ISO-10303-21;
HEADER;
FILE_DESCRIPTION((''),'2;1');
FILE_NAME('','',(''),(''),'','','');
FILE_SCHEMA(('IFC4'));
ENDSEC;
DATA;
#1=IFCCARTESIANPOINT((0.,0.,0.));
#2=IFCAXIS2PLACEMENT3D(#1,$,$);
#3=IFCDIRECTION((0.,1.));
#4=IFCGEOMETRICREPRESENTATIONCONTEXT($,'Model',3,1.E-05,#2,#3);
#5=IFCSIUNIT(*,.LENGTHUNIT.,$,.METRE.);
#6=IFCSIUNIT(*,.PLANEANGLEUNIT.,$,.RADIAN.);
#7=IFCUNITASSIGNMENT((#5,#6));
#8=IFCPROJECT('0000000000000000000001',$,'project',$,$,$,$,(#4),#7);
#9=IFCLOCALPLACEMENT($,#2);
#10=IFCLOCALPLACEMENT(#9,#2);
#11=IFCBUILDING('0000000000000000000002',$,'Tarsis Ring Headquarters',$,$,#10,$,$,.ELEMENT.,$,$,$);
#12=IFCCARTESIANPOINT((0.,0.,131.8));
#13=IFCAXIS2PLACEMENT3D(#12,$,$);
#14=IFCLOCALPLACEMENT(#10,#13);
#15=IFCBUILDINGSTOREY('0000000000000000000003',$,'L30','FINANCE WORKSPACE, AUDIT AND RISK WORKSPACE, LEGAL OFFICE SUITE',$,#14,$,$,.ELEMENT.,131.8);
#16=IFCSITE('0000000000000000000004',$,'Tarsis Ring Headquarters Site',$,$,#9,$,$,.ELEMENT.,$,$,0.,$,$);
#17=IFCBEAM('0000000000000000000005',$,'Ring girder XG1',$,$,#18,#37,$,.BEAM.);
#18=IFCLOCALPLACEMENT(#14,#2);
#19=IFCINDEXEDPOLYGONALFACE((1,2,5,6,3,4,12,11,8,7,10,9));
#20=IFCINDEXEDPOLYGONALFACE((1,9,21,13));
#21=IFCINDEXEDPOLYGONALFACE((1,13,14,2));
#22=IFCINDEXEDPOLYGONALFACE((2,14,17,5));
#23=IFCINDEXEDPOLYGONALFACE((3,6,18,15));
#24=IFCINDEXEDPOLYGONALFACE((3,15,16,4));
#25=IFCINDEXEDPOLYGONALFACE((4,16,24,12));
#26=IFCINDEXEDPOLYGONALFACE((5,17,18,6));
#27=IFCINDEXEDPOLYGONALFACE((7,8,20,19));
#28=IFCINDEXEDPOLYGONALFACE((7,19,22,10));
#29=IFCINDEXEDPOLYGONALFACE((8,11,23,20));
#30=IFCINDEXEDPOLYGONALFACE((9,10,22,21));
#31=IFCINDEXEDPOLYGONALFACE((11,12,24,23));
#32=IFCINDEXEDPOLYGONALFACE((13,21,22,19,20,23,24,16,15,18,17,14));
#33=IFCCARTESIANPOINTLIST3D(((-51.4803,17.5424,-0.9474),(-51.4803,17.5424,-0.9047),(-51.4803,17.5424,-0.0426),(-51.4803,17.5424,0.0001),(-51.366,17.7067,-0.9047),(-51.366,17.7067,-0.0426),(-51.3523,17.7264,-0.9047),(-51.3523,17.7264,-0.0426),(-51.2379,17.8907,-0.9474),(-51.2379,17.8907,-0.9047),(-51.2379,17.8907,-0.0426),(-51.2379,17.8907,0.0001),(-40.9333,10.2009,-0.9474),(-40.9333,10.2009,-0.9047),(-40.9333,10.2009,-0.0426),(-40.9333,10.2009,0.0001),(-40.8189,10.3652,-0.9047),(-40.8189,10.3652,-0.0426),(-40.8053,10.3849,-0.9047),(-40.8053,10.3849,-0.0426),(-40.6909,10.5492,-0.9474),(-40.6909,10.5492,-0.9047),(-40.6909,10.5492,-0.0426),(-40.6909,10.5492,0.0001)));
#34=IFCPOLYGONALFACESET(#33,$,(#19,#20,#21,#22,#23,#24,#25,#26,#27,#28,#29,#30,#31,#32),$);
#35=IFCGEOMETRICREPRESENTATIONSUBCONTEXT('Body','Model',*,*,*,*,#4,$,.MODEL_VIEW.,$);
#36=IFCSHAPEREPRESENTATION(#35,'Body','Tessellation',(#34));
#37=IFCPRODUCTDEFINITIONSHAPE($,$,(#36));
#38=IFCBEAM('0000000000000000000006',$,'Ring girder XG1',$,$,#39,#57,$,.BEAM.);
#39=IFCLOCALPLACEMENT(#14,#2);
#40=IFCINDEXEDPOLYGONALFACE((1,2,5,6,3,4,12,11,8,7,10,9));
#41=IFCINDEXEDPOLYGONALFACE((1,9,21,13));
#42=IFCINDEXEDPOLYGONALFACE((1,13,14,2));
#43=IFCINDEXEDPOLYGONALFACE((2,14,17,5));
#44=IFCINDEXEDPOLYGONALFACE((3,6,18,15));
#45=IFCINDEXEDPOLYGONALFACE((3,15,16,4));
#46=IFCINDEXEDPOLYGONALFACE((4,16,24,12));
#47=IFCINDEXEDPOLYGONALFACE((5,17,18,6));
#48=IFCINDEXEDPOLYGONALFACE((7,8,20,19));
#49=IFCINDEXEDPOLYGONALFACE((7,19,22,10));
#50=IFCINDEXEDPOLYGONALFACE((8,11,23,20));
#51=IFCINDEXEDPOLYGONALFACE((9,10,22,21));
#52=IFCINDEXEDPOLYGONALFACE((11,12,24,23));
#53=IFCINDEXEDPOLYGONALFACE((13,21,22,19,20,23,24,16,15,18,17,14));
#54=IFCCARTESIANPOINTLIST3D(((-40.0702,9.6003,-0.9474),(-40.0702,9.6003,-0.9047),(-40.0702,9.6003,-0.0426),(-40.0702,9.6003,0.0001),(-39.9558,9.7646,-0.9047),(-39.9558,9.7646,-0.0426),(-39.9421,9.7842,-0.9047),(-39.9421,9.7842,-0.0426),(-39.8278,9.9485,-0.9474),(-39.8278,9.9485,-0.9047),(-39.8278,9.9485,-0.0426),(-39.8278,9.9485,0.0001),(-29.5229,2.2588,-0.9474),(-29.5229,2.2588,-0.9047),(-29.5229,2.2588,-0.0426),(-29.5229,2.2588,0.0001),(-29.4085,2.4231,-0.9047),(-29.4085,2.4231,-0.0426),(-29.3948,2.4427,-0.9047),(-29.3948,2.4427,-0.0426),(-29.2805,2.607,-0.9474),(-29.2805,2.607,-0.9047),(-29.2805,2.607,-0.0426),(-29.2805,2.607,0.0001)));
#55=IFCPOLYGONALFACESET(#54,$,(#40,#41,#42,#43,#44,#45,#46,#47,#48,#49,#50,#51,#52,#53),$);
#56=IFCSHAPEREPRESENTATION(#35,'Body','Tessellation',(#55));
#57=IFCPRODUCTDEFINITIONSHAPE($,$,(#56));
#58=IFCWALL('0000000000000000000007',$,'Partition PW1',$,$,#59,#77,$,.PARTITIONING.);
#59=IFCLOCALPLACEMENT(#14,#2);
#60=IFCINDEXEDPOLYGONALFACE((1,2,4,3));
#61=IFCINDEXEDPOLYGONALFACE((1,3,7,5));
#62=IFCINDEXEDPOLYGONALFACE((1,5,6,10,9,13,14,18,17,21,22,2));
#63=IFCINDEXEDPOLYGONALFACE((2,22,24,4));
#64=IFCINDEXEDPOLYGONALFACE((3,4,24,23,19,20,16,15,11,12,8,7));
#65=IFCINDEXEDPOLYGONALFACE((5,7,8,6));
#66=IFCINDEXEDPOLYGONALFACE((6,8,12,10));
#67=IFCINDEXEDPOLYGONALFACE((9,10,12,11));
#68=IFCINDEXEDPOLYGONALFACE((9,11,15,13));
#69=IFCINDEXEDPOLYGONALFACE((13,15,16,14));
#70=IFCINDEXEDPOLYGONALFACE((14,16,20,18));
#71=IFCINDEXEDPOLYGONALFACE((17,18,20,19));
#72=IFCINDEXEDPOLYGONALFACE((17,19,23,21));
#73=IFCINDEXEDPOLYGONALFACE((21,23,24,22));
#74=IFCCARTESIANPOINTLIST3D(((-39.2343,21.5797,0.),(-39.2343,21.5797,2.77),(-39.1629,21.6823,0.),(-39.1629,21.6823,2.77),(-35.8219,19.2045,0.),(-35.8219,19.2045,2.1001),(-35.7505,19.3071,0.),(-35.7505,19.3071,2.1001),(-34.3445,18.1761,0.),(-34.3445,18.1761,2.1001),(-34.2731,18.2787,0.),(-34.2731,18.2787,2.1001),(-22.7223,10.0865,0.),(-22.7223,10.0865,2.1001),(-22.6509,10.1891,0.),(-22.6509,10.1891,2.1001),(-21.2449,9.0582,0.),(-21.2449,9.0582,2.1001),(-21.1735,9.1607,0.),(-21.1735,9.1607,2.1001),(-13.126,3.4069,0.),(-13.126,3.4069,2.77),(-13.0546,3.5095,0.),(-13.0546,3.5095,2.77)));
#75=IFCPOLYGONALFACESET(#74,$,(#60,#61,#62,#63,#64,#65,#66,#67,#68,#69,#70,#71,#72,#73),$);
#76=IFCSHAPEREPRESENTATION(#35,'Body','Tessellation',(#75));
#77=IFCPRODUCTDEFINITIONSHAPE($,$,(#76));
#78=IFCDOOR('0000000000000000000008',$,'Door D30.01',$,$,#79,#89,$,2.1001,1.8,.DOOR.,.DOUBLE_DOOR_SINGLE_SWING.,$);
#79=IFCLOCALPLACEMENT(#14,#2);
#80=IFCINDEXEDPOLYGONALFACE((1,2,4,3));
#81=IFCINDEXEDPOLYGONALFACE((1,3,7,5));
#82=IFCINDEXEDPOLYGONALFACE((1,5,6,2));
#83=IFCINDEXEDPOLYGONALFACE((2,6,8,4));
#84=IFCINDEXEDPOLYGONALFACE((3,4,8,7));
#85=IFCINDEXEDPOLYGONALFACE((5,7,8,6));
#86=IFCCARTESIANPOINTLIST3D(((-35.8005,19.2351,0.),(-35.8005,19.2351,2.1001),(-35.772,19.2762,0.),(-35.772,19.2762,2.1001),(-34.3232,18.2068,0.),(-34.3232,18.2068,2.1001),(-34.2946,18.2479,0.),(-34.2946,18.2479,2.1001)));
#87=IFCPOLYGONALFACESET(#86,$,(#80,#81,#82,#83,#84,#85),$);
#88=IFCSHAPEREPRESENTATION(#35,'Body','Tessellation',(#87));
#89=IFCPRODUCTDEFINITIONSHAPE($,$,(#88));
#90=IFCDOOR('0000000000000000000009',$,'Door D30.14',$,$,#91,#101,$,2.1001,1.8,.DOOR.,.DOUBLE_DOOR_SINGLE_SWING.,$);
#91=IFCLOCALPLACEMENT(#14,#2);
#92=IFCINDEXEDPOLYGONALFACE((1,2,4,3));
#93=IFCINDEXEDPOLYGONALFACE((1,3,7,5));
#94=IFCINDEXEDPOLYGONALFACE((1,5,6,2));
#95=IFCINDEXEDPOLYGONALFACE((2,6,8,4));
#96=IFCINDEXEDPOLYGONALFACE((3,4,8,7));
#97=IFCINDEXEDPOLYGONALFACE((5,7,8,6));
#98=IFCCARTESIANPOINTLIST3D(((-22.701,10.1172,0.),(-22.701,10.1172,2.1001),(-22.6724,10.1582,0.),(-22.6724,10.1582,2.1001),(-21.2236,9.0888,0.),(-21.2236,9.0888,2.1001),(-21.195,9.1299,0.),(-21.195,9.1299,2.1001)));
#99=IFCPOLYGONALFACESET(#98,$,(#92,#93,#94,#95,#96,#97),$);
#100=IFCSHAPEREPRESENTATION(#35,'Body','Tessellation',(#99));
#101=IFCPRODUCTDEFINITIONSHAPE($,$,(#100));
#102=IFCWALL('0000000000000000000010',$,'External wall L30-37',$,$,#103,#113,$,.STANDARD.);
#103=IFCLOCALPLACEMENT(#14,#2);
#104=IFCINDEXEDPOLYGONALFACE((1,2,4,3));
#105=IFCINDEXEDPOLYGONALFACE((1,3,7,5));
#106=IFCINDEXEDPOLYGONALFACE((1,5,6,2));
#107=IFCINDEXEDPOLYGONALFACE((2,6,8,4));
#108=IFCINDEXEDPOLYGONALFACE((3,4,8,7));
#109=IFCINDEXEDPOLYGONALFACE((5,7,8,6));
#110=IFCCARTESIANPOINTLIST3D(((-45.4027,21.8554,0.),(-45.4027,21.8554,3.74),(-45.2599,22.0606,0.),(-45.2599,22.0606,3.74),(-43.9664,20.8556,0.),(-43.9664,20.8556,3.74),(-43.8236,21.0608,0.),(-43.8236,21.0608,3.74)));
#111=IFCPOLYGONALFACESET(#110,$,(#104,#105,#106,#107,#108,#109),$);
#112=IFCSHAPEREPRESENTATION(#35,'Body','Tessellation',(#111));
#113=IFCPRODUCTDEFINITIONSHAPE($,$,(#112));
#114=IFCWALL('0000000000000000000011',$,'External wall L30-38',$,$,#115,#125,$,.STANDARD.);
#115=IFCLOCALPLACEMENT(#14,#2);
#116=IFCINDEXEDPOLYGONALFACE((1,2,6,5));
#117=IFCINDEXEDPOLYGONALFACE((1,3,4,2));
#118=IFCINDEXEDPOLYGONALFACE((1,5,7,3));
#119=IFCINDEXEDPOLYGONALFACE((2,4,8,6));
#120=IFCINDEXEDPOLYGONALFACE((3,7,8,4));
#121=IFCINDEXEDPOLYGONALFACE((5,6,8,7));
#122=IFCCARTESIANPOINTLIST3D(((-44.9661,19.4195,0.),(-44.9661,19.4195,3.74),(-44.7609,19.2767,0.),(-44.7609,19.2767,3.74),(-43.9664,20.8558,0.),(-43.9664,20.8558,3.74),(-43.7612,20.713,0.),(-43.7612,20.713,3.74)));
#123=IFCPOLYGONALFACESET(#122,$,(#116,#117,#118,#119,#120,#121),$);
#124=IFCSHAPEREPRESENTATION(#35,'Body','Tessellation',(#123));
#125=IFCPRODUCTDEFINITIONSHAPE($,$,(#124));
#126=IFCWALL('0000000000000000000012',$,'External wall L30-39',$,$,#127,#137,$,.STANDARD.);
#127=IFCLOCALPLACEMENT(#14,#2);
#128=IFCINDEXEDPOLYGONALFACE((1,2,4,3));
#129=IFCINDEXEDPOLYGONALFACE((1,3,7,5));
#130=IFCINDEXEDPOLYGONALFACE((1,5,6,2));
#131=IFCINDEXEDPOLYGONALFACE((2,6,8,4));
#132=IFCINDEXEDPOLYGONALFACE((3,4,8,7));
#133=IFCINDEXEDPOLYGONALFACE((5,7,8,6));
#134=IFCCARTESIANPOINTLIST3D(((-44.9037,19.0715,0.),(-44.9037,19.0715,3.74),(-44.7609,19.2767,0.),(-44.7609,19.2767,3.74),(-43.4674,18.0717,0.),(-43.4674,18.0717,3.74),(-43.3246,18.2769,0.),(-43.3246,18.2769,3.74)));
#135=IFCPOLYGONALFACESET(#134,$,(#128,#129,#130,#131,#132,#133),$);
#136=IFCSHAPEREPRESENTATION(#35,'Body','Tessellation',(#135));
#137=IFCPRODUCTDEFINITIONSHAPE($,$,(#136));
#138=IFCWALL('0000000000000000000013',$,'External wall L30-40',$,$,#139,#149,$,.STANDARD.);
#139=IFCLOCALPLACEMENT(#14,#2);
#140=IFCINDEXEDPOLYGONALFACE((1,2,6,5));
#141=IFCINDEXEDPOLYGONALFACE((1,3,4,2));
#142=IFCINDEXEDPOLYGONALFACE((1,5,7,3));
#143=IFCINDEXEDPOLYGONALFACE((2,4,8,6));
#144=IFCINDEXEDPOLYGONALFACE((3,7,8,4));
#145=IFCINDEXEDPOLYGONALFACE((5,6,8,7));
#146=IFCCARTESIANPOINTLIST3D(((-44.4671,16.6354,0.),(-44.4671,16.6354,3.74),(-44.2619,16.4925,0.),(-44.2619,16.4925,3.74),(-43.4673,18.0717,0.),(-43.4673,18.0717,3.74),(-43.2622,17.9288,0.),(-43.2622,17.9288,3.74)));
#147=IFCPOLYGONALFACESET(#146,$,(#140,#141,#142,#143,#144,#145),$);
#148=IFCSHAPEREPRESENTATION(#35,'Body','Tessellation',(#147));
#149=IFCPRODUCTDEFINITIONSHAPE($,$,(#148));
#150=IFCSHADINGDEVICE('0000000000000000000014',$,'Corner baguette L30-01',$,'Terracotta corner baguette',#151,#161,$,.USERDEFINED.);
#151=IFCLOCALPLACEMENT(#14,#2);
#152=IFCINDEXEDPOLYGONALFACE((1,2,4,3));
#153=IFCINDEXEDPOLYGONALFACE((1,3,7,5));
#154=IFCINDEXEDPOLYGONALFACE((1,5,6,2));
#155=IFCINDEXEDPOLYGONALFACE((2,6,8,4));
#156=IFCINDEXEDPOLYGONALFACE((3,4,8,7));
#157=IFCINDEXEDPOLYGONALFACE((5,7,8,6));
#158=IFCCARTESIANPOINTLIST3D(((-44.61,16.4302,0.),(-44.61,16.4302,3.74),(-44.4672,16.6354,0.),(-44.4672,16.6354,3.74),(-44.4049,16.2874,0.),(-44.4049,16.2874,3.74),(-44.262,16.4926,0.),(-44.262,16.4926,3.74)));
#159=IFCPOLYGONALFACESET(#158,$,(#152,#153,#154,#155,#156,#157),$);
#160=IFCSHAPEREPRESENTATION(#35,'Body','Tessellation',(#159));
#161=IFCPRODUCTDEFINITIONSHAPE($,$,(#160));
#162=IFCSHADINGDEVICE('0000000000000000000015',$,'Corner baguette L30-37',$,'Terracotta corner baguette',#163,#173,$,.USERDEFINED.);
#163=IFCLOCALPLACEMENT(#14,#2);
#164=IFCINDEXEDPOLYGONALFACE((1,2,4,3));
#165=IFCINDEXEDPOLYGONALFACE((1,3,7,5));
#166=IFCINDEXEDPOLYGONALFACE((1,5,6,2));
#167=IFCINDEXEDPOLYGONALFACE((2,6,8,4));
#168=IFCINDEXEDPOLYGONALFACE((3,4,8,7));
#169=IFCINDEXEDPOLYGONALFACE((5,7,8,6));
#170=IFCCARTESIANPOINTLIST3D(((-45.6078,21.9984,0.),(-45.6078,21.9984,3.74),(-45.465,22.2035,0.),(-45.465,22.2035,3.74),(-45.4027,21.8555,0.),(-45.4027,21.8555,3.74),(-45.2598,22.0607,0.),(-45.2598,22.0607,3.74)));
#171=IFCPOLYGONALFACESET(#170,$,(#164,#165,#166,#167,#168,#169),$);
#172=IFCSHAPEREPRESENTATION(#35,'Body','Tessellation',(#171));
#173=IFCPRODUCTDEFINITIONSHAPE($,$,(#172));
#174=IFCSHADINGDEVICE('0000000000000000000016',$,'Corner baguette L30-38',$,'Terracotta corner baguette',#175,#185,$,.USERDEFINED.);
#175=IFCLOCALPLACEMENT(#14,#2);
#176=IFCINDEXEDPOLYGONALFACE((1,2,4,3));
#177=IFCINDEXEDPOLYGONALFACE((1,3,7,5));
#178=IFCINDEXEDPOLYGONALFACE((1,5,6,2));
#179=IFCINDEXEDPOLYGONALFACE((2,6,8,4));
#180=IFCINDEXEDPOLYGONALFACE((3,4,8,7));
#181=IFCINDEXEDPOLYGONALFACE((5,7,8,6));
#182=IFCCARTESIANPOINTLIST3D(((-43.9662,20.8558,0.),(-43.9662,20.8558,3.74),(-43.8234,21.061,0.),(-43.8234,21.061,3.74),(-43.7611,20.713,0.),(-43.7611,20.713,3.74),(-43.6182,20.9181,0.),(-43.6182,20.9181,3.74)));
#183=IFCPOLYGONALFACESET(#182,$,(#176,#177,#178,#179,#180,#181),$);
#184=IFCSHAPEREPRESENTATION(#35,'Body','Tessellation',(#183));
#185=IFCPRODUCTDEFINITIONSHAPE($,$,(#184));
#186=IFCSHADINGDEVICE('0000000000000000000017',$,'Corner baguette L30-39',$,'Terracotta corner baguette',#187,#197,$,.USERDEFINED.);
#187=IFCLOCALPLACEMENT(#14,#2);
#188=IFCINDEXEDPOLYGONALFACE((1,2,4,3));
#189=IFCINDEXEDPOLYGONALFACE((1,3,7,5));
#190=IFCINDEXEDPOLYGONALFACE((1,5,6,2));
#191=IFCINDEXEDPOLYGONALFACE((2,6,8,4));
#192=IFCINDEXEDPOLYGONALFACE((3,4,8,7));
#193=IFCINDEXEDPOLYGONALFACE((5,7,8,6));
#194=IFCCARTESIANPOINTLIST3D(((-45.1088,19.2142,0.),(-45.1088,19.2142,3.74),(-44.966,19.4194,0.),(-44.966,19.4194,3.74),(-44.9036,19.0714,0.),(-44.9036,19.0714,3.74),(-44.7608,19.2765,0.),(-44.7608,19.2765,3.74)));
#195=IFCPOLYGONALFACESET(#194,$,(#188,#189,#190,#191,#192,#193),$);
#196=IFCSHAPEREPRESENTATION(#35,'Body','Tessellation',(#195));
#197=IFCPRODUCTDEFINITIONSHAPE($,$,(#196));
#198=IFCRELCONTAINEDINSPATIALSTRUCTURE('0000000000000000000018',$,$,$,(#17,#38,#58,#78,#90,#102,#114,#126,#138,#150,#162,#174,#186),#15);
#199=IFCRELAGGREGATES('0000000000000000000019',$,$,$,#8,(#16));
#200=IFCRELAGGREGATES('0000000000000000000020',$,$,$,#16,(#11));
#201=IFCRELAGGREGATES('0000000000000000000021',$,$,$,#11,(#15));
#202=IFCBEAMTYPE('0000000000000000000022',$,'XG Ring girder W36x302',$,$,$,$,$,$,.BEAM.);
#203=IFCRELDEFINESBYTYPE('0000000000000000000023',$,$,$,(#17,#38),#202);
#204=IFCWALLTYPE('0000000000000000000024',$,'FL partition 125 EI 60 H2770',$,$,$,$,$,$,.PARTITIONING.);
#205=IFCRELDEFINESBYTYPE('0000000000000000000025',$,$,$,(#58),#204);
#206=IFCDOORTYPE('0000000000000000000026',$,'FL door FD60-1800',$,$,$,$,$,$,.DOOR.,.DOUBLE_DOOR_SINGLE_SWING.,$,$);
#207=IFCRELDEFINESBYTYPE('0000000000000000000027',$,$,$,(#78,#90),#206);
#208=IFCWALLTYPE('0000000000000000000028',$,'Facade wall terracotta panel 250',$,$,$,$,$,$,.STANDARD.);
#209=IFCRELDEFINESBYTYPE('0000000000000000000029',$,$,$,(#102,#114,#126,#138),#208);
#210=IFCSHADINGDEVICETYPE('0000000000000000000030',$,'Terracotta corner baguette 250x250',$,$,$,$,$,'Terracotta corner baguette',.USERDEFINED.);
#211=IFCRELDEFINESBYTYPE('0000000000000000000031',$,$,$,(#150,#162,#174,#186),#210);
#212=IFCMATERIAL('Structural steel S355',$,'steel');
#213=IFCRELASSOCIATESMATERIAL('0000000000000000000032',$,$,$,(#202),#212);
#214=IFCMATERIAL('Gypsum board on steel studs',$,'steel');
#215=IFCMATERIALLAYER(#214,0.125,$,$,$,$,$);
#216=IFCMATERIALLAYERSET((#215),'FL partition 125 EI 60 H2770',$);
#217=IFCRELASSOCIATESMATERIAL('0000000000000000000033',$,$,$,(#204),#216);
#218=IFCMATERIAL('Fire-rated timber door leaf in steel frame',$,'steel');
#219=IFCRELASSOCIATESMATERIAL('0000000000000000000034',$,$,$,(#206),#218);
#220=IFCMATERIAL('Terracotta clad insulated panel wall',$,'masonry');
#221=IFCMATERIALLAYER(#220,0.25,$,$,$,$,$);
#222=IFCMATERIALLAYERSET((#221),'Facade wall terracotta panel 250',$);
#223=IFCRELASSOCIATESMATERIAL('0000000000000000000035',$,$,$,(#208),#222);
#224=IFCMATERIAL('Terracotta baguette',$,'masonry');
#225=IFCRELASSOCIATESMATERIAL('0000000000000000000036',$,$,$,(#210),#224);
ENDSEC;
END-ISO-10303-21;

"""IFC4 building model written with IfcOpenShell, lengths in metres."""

from ifc_helpers import new_model, si_unit, direction, frame, frame_2d, origin, origin_2d, place, context, subcontext, project, spatial, rectangle, i_section, extrude, material, layer, layer_set, material_profile, profile_set, type_object, element, fill, save


model = new_model("IFC4")

# Units and contexts
model_context = context("Model", 3, precision=1e-05, world=origin(), true_north=direction((0.0, 1.0)))
body_context = subcontext(model_context, "Body", "Model", "MODEL_VIEW")
ifc_project = project(units=[si_unit("LENGTHUNIT", "METRE"), si_unit("PLANEANGLEUNIT", "RADIAN")], contexts=[model_context])

# Site, building, storey
site_placement = place(None, origin())
site = spatial("IfcSite", under=ifc_project, at=site_placement, Name="Tarsis Ring Headquarters Site", CompositionType="ELEMENT", RefElevation=0.0)
building_placement = place(site_placement, origin())
building = spatial("IfcBuilding", under=site, at=building_placement, Name="Tarsis Ring Headquarters", CompositionType="ELEMENT")
storey_placement = place(building_placement, frame((0.0, 0.0, 131.8)))
storey = spatial("IfcBuildingStorey", under=building, at=storey_placement, Name="L30", Description="FINANCE WORKSPACE, AUDIT AND RISK WORKSPACE, LEGAL OFFICE SUITE", CompositionType="ELEMENT", Elevation=131.8)

# Shared definitions
ifc_material_1 = material(Name="Structural steel S355", Category="steel")

# Beams
ifc_material_profile_1 = material_profile(ifc_material_1, i_section(OverallWidth=0.4243, OverallDepth=0.9475, WebThickness=0.0239, FlangeThickness=0.0427, at=origin_2d()), Name="W36x302")
ifc_profile_set_1 = profile_set([ifc_material_profile_1], Name="Structural steel S355")
beam_type = type_object("IfcBeamType", Name="XG Ring girder W36x302", PredefinedType="BEAM", material=ifc_profile_set_1)
beam_1_placement = place(storey_placement, frame((-51.3591, 17.7166, -0.4736), z_axis=(0.820744, -0.571297, 0.0), x_axis=(0.571297, 0.820744, 0.0)))
element("IfcBeam", 1, at=beam_1_placement, inside=storey, type_object=beam_type, Name="Ring girder XG1", PredefinedType="BEAM", context=body_context, shape_type="SweptSolid", body=[
    extrude(i_section(OverallWidth=0.4243, OverallDepth=0.9475, WebThickness=0.0239, FlangeThickness=0.0427, at=origin_2d()), origin(), (0.0, 0.0, 1.0), 12.8506),
])
beam_2_placement = place(storey_placement, frame((-39.949, 9.7744, -0.4736), z_axis=(0.82075, -0.571288, 0.0), x_axis=(0.571288, 0.82075, 0.0)))
element("IfcBeam", 2, at=beam_2_placement, inside=storey, type_object=beam_type, Name="Ring girder XG1", PredefinedType="BEAM", context=body_context, shape_type="SweptSolid", body=[
    extrude(i_section(OverallWidth=0.4243, OverallDepth=0.9475, WebThickness=0.0239, FlangeThickness=0.0427, at=origin_2d()), origin(), (0.0, 0.0, 1.0), 12.8508),
])

# Wall, openings, doors
ifc_material_2 = material(Name="Gypsum board on steel studs", Category="steel")
ifc_layer_1 = layer(ifc_material_2, 0.125)
ifc_layer_set_1 = layer_set([ifc_layer_1], Name="FL partition 125 EI 60 H2770")
wall_type_1 = type_object("IfcWallType", Name="FL partition 125 EI 60 H2770", PredefinedType="PARTITIONING", material=ifc_layer_set_1)
wall_1_placement = place(storey_placement, frame((-39.1987, 21.6311, 0.0), z_axis=(0.0, 0.0, 1.0), x_axis=(0.820751, -0.571287, 0.0)))
wall_1 = element("IfcWall", 3, at=wall_1_placement, inside=storey, type_object=wall_type_1, Name="Partition PW1", PredefinedType="PARTITIONING", context=body_context, shape_type="SweptSolid", body=[
    extrude(rectangle(XDim=31.8103, YDim=0.125, at=frame_2d((15.9053, 0.0))), origin(), (0.0, 0.0, 1.0), 2.77),
])
opening_1_placement = place(wall_1_placement, frame((4.158, 0.0, 0.0)))
opening_1 = element("IfcOpeningElement", 4, at=opening_1_placement, cuts=wall_1, PredefinedType="OPENING", context=body_context, shape_type="SweptSolid", body=[
    extrude(rectangle(XDim=1.8, YDim=2.1001, at=frame_2d((0.8999, 1.05))), frame((0.0, 0.0725, 0.0), z_axis=(0.0, -1.0, 0.0), x_axis=(1.0, 0.0, 0.0)), (0.0, 0.0, 1.0), 0.145),
])
opening_2_placement = place(wall_1_placement, frame((20.1184, 0.0, 0.0)))
opening_2 = element("IfcOpeningElement", 5, at=opening_2_placement, cuts=wall_1, PredefinedType="OPENING", context=body_context, shape_type="SweptSolid", body=[
    extrude(rectangle(XDim=1.8, YDim=2.1001, at=frame_2d((0.8999, 1.05))), frame((0.0, 0.0725, 0.0), z_axis=(0.0, -1.0, 0.0), x_axis=(1.0, 0.0, 0.0)), (0.0, 0.0, 1.0), 0.145),
])
ifc_material_3 = material(Name="Fire-rated timber door leaf in steel frame", Category="steel")
door_type_1 = type_object("IfcDoorType", Name="FL door FD60-1800", OperationType="DOUBLE_DOOR_SINGLE_SWING", PredefinedType="DOOR", material=ifc_material_3)
door_1_placement = place(opening_1_placement, origin())
door_1 = element("IfcDoor", 6, at=door_1_placement, inside=storey, type_object=door_type_1, Name="Door D30.01", OperationType="DOUBLE_DOOR_SINGLE_SWING", OverallHeight=2.1001, OverallWidth=1.8, PredefinedType="DOOR", context=body_context, shape_type="SweptSolid", body=[
    extrude(rectangle(XDim=1.8, YDim=2.1001, at=frame_2d((0.8999, 1.05))), frame((0.0, 0.0249, 0.0), z_axis=(0.0, -1.0, 0.0), x_axis=(1.0, 0.0, 0.0)), (0.0, 0.0, 1.0), 0.05),
])
fill(opening_1, door_1)
door_2_placement = place(opening_2_placement, origin())
door_2 = element("IfcDoor", 7, at=door_2_placement, inside=storey, type_object=door_type_1, Name="Door D30.14", OperationType="DOUBLE_DOOR_SINGLE_SWING", OverallHeight=2.1001, OverallWidth=1.8, PredefinedType="DOOR", context=body_context, shape_type="SweptSolid", body=[
    extrude(rectangle(XDim=1.8, YDim=2.1001, at=frame_2d((0.8999, 1.05))), frame((0.0, 0.0249, 0.0), z_axis=(0.0, -1.0, 0.0), x_axis=(1.0, 0.0, 0.0)), (0.0, 0.0, 1.0), 0.05),
])
fill(opening_2, door_2)

# Shared definitions
ifc_material_4 = material(Name="Terracotta clad insulated panel wall", Category="masonry")
ifc_layer_2 = layer(ifc_material_4, 0.25)
ifc_layer_set_2 = layer_set([ifc_layer_2], Name="Facade wall terracotta panel 250")
wall_type_2 = type_object("IfcWallType", Name="Facade wall terracotta panel 250", PredefinedType="STANDARD", material=ifc_layer_set_2)

# Walls
for number, where, z_axis, x_axis, name in (
    (8, (-45.3313, 21.958, 0.0), (0.0, 0.0, 1.0), (0.820743, -0.571297, 0.0), "External wall L30-37"),
    (9, (-43.8638, 20.7844, 0.0), (0.0, 0.0, 1.0), (-0.571297, -0.820743, 0.0), "External wall L30-38"),
    (10, (-44.8323, 19.1741, 0.0), (0.0, 0.0, 1.0), (0.820743, -0.571297, 0.0), "External wall L30-39"),
    (11, (-43.3647, 18.0002, 0.0), (0.0, 0.0, 1.0), (-0.571297, -0.820743, 0.0), "External wall L30-40"),
):
    element("IfcWall", number, at=place(storey_placement, frame(where, z_axis=z_axis, x_axis=x_axis)), inside=storey, type_object=wall_type_2, Name=name, PredefinedType="STANDARD", context=body_context, shape_type="SweptSolid", body=[
        extrude(rectangle(XDim=1.75, YDim=0.25, at=frame_2d((0.875, 0.0))), origin(), (0.0, 0.0, 1.0), 3.74),
    ])

# Shading devices
ifc_material_5 = material(Name="Terracotta baguette", Category="masonry")
shading_device_type_1 = type_object("IfcShadingDeviceType", Name="Terracotta corner baguette 250x250", ElementType="Terracotta corner baguette", PredefinedType="USERDEFINED", material=ifc_material_5)
for number, where, z_axis, x_axis, name in (
    (12, (-44.436, 16.4614, 0.0), (0.0, 0.0, 1.0), (-0.571287, -0.820751, 0.0), "Corner baguette L30-01"),
    (13, (-45.4338, 22.0295, 0.0), (0.0, 0.0, 1.0), (-0.571287, -0.820751, 0.0), "Corner baguette L30-37"),
    (14, (-43.7922, 20.887, 0.0), (0.0, 0.0, 1.0), (0.820751, -0.571286, 0.0), "Corner baguette L30-38"),
    (15, (-44.9348, 19.2454, 0.0), (0.0, 0.0, 1.0), (-0.571286, -0.820751, 0.0), "Corner baguette L30-39"),
):
    element("IfcShadingDevice", number, at=place(storey_placement, frame(where, z_axis=z_axis, x_axis=x_axis)), inside=storey, type_object=shading_device_type_1, Name=name, ObjectType="Terracotta corner baguette", PredefinedType="USERDEFINED", context=body_context, shape_type="SweptSolid", body=[
        extrude(rectangle(XDim=0.25, YDim=0.25, at=origin_2d()), origin(), (0.0, 0.0, 1.0), 3.74),
    ])

save(model, "model.ifc")
